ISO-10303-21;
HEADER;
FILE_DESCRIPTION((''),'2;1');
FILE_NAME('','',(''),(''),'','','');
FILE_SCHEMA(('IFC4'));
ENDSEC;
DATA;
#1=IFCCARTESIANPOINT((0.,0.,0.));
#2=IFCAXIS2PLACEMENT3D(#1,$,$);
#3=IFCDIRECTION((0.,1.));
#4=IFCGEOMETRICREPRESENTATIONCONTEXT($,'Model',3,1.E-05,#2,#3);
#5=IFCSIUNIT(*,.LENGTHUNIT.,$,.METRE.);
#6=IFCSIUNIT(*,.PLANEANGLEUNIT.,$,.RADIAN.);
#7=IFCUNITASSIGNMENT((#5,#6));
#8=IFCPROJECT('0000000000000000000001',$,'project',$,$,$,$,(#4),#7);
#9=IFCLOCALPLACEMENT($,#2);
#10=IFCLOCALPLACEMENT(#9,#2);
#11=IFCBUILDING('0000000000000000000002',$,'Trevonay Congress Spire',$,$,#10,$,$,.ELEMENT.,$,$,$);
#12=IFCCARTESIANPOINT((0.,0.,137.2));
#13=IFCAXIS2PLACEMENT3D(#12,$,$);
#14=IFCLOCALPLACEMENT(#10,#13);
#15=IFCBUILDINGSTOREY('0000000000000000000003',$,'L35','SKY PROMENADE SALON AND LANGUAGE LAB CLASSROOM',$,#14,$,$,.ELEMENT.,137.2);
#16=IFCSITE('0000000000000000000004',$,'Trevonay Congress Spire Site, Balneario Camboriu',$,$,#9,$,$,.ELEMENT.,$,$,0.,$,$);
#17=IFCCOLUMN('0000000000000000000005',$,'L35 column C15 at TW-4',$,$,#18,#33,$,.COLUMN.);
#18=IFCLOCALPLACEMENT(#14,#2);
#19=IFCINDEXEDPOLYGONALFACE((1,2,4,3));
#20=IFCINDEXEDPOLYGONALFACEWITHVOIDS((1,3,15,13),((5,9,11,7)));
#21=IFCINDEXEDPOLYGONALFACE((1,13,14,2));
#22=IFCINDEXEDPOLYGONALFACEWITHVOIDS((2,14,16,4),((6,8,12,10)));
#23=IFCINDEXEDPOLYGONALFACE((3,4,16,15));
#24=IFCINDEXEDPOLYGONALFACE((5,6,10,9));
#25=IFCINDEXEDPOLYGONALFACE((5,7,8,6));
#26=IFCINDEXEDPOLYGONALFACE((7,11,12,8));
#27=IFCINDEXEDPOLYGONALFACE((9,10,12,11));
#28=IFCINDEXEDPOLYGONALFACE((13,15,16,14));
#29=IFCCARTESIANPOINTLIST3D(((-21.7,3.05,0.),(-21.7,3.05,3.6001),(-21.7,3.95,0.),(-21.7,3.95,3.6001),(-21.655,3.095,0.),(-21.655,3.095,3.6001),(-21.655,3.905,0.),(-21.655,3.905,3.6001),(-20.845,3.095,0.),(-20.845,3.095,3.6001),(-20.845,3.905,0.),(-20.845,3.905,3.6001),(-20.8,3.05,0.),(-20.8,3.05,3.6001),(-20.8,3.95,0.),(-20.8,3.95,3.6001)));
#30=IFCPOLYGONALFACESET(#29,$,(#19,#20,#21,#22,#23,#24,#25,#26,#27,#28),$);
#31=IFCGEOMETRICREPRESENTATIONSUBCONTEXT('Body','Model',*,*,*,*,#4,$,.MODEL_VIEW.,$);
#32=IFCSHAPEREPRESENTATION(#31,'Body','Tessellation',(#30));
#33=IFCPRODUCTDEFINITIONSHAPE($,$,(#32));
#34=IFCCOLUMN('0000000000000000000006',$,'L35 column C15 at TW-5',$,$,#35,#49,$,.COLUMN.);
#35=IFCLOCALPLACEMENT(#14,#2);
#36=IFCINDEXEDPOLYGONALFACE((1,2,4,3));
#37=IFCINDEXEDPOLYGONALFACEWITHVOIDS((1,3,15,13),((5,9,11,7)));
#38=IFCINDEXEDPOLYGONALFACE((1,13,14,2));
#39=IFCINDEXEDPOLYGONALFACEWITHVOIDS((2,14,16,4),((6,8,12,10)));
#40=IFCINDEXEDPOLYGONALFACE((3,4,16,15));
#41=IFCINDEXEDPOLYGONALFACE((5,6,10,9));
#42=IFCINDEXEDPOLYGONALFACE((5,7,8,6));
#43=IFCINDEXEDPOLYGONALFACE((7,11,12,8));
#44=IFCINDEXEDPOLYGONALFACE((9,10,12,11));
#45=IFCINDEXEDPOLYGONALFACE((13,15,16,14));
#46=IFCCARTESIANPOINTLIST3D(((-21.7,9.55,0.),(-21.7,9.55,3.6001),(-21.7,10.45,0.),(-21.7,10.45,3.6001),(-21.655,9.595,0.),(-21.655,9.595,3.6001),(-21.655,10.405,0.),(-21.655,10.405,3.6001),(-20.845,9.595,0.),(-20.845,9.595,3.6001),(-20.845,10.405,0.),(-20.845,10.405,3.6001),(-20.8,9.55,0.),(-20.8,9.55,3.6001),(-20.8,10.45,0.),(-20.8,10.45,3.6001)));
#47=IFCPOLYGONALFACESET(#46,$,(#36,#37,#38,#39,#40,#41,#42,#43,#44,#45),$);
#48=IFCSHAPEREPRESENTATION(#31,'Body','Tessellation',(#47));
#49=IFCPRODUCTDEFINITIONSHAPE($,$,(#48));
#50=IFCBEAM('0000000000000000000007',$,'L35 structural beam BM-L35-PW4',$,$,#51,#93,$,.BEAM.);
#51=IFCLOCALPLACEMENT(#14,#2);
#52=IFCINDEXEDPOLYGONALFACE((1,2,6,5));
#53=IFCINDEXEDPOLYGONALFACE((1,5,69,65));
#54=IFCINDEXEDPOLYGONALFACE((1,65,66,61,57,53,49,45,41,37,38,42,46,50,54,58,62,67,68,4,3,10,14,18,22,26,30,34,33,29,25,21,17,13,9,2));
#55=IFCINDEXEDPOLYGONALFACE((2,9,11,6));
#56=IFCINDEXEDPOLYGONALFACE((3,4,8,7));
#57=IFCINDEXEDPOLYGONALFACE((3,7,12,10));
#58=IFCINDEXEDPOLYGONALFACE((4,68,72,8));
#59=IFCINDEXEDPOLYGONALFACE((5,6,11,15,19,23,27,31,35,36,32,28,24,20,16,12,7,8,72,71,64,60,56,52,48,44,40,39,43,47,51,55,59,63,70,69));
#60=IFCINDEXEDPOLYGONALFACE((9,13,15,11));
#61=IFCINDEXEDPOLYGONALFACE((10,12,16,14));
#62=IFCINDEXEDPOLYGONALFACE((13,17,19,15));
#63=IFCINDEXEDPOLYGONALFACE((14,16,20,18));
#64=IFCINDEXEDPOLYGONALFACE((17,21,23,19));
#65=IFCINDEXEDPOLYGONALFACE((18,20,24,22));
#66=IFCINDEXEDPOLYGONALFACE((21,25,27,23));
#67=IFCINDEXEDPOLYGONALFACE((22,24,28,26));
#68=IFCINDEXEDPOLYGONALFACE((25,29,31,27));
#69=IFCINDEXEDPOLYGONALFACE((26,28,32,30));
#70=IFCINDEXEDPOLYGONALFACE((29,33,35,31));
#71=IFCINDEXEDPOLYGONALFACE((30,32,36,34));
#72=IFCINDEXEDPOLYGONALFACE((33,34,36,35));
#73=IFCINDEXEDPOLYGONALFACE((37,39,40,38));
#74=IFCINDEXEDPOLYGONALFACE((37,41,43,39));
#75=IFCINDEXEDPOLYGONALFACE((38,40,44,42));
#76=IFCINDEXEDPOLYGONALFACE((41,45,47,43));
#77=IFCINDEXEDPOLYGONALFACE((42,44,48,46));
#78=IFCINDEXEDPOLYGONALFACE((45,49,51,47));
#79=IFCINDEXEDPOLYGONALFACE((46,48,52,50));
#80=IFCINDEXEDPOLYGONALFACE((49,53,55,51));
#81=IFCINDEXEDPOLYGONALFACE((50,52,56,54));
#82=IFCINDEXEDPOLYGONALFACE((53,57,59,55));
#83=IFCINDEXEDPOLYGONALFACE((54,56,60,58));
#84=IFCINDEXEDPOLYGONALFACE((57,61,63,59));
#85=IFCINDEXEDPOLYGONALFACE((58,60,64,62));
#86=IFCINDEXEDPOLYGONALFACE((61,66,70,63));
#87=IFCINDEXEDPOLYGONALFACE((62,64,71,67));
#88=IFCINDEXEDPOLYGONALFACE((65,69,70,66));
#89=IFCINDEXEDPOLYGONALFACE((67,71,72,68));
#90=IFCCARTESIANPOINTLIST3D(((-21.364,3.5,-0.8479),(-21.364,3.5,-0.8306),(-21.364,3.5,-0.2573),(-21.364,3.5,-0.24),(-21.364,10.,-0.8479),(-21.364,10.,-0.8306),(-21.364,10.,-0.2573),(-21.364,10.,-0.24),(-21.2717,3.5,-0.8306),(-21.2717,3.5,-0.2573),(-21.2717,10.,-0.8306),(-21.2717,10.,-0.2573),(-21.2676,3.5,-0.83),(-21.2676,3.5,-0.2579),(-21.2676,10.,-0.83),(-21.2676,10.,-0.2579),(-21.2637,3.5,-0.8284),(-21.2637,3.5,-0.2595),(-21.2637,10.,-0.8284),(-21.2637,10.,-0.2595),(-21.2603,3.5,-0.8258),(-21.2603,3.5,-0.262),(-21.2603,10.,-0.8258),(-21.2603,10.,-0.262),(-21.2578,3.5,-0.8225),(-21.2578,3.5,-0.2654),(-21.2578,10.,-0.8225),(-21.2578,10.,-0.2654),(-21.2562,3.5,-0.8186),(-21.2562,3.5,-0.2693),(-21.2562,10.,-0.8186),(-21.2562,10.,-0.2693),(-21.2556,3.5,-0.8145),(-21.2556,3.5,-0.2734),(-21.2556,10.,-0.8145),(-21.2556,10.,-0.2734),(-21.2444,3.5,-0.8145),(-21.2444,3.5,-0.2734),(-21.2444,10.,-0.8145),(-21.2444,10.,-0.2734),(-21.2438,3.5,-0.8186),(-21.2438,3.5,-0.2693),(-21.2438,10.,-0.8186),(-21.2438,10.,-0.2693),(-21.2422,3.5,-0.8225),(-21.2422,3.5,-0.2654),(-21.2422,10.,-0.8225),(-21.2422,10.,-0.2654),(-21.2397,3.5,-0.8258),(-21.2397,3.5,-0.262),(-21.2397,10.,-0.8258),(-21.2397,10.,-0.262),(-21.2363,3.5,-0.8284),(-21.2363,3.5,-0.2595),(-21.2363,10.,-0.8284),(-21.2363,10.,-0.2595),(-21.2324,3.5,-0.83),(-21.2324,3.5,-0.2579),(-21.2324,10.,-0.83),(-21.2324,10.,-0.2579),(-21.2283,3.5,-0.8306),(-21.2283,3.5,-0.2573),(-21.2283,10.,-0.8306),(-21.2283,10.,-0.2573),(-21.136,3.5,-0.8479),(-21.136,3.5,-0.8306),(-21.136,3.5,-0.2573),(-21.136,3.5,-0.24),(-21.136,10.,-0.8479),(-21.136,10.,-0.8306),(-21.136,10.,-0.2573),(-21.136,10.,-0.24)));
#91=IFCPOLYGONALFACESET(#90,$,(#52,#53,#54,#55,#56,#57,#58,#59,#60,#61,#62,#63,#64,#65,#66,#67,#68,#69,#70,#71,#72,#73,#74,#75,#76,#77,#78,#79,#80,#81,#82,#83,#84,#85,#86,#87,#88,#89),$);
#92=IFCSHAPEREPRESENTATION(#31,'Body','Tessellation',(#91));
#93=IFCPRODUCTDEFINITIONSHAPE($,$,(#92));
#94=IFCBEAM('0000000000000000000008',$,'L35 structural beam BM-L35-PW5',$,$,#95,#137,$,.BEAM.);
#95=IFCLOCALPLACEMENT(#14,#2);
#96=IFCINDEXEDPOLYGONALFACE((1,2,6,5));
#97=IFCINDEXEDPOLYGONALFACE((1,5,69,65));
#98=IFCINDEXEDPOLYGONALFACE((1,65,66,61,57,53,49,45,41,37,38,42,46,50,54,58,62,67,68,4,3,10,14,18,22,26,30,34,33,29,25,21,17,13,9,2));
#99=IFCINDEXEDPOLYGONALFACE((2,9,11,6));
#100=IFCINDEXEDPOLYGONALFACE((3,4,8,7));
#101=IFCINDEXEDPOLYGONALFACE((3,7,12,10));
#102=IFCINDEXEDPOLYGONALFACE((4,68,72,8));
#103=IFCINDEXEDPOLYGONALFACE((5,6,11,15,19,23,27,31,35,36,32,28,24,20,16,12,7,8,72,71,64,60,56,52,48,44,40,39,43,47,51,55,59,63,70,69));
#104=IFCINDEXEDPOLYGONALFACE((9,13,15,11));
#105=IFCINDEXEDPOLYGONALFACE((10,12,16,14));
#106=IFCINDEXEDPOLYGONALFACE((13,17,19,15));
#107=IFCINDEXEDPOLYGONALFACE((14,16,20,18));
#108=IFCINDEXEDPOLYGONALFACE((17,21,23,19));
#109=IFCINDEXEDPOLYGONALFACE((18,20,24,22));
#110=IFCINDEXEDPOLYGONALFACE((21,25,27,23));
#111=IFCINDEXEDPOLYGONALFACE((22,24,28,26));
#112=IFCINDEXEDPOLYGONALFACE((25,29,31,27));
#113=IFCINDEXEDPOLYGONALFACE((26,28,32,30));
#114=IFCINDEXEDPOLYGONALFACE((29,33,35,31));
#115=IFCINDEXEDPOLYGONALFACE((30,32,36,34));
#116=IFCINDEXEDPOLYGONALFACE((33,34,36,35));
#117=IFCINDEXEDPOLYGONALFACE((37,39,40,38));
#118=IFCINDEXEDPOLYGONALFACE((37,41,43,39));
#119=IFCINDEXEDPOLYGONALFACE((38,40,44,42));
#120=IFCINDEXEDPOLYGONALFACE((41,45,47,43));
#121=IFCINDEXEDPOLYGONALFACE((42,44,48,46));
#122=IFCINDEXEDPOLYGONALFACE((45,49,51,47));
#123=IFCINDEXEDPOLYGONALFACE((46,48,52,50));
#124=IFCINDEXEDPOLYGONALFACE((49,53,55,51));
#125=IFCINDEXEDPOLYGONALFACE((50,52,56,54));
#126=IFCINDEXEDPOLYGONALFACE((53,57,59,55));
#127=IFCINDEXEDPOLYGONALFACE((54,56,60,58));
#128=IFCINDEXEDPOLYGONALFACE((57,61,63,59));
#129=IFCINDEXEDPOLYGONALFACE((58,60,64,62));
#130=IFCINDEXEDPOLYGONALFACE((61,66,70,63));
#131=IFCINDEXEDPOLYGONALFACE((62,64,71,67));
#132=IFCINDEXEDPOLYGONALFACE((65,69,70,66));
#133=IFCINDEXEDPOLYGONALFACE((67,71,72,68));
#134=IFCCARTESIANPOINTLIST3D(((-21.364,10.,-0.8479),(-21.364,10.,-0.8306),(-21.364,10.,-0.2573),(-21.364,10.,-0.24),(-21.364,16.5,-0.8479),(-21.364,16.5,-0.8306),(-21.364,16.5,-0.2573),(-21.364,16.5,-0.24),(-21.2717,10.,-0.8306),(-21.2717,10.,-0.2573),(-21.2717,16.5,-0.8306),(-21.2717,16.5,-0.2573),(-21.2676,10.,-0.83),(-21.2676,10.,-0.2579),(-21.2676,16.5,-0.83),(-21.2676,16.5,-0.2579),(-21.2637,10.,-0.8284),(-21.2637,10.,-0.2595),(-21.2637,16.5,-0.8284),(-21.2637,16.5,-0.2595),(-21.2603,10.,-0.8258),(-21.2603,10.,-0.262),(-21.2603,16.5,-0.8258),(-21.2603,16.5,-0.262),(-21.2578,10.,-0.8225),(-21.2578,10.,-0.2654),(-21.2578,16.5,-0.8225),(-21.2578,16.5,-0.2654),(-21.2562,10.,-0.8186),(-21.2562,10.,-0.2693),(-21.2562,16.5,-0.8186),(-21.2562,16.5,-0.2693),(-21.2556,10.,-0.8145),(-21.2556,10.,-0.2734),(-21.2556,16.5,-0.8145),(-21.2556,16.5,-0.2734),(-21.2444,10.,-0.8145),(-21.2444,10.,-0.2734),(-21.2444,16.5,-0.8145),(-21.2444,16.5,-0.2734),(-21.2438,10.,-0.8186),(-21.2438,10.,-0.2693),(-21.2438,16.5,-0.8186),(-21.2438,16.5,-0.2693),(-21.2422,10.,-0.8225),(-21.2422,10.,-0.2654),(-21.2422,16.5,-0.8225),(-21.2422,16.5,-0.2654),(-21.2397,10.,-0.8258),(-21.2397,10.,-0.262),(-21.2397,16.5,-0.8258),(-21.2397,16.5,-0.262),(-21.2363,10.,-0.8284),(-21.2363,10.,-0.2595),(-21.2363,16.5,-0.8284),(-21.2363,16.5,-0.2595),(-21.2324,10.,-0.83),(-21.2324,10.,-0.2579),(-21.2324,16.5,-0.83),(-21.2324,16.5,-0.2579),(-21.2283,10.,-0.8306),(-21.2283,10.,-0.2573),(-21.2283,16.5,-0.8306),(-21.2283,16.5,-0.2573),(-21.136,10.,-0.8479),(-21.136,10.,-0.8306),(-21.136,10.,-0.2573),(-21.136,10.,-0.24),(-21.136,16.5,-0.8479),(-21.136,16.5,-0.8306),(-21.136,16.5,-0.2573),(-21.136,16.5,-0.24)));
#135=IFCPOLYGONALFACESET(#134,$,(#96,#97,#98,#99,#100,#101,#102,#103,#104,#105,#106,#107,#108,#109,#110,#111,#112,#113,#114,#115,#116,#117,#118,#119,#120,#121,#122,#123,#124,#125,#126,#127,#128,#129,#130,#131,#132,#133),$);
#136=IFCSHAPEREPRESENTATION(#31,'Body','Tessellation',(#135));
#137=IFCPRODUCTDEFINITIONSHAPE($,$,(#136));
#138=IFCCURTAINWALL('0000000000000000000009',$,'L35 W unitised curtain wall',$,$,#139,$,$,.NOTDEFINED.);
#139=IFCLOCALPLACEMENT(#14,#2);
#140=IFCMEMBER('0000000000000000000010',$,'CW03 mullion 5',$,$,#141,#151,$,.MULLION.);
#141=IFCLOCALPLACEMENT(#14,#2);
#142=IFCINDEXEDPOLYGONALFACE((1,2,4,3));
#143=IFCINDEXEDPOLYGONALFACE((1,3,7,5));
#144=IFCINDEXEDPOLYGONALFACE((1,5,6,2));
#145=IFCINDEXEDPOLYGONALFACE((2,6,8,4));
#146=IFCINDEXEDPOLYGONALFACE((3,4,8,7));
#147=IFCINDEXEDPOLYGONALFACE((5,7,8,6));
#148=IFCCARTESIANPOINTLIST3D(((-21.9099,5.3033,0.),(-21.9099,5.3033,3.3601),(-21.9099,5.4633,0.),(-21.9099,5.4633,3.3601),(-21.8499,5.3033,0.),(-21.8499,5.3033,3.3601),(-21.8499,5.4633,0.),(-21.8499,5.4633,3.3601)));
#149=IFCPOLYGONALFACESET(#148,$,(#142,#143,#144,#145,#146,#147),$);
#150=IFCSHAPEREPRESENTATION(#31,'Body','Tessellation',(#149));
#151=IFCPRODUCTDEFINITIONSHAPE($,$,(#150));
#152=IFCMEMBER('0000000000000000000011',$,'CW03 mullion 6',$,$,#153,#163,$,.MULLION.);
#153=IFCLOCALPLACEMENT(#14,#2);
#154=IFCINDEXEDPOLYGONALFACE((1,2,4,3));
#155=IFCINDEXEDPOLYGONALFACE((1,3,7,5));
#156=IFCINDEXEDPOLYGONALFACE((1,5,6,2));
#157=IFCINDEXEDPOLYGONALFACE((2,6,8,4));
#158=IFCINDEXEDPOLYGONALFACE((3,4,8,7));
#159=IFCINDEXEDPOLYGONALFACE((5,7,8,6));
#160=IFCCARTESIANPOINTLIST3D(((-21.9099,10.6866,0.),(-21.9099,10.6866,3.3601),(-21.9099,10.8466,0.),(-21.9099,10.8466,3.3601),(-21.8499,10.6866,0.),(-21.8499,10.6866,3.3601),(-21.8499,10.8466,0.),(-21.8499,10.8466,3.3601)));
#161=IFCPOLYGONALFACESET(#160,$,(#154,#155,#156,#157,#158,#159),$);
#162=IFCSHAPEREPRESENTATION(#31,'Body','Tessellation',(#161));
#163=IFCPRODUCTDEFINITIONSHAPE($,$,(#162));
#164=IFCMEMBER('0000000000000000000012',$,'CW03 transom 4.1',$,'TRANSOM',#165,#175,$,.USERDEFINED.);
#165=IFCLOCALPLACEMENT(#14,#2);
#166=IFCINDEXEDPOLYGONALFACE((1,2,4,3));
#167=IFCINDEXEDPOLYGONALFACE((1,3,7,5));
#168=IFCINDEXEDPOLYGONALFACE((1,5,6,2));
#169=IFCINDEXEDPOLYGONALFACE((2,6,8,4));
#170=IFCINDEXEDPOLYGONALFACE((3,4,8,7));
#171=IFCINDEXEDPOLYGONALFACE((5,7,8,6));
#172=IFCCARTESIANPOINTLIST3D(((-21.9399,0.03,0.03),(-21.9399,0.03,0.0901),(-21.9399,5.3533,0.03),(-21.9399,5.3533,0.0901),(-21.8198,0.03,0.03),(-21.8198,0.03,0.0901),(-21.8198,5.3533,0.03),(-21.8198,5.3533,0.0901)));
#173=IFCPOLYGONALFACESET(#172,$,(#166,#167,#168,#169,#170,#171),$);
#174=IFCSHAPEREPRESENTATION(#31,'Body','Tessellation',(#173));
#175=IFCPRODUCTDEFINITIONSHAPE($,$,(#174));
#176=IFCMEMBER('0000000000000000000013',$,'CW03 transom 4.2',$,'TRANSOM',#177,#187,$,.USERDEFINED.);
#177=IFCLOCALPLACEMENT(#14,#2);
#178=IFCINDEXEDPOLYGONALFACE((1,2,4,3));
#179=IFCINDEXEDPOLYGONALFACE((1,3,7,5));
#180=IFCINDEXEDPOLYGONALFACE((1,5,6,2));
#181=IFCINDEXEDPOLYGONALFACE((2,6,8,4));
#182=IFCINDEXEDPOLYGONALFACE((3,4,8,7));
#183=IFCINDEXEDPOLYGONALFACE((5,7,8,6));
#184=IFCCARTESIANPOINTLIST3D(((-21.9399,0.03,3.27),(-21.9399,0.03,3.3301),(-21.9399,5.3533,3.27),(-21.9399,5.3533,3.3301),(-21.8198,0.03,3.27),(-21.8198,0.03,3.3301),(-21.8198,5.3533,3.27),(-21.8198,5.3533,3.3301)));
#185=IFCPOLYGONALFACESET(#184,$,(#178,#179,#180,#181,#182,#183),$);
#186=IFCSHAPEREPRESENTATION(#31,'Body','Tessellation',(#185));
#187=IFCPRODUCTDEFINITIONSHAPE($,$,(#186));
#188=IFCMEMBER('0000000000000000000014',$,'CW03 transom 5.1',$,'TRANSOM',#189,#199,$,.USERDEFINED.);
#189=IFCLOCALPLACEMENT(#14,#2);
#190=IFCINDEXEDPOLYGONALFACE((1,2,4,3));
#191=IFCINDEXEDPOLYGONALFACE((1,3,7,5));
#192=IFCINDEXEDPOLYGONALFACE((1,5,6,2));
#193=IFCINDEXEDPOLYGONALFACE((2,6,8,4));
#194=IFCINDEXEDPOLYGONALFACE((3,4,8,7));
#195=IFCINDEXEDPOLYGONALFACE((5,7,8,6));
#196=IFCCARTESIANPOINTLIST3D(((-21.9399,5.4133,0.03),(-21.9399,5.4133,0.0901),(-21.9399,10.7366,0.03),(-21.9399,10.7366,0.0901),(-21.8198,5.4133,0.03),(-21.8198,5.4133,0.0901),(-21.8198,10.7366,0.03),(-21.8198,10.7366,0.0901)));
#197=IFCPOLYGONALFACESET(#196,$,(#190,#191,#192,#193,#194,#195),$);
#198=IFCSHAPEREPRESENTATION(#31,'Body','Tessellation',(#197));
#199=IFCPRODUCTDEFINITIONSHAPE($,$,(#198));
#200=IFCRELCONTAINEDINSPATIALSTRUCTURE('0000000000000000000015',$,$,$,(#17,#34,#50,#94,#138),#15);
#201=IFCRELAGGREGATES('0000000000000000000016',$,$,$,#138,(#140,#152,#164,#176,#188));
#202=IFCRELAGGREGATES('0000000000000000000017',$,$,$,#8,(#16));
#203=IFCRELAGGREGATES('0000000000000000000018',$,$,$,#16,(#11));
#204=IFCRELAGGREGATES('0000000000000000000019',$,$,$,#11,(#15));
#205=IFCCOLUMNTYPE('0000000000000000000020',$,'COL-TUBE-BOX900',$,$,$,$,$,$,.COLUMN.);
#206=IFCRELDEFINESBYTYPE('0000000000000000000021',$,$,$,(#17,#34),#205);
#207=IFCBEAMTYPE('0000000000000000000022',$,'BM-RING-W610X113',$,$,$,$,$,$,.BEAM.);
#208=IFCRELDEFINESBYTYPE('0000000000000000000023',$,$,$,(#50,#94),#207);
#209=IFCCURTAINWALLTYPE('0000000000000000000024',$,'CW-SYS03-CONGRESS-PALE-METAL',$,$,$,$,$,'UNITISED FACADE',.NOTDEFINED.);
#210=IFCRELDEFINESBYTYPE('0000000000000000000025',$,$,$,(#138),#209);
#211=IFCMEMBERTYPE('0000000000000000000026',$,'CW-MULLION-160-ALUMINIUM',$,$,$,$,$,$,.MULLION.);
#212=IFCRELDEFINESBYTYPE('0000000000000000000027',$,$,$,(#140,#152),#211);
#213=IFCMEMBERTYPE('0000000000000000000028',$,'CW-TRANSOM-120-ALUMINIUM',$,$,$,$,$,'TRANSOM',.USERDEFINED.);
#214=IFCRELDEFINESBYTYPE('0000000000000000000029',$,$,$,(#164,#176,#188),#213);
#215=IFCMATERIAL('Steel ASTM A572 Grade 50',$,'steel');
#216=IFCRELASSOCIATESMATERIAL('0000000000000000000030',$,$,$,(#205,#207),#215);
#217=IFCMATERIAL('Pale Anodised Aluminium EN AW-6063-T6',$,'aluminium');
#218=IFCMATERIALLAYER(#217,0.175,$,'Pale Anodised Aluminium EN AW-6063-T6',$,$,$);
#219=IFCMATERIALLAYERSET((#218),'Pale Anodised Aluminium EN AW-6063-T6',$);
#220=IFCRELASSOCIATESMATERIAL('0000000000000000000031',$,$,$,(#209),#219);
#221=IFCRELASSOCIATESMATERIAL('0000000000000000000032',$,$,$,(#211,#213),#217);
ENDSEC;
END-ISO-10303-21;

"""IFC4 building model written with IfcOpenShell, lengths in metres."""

from ifc_helpers import new_model, si_unit, direction, frame, origin, origin_2d, place, context, subcontext, project, spatial, rectangle, hollow_rectangle, i_section, extrude, material, layer, layer_set, material_profile, profile_set, type_object, element, aggregate, save


model = new_model("IFC4")

# Units and contexts
model_context = context("Model", 3, precision=1e-05, world=origin(), true_north=direction((0.0, 1.0)))
body_context = subcontext(model_context, "Body", "Model", "MODEL_VIEW")
ifc_project = project(units=[si_unit("LENGTHUNIT", "METRE"), si_unit("PLANEANGLEUNIT", "RADIAN")], contexts=[model_context])

# Site, building, storey
site_placement = place(None, origin())
site = spatial("IfcSite", under=ifc_project, at=site_placement, Name="Trevonay Congress Spire Site, Balneario Camboriu", CompositionType="ELEMENT", RefElevation=0.0)
building_placement = place(site_placement, origin())
building = spatial("IfcBuilding", under=site, at=building_placement, Name="Trevonay Congress Spire", CompositionType="ELEMENT")
storey_placement = place(building_placement, frame((0.0, 0.0, 137.2)))
storey = spatial("IfcBuildingStorey", under=building, at=storey_placement, Name="L35", Description="SKY PROMENADE SALON AND LANGUAGE LAB CLASSROOM", CompositionType="ELEMENT", Elevation=137.2)

# Columns
ifc_material_1 = material(Name="Steel ASTM A572 Grade 50", Category="steel")
ifc_material_profile_1 = material_profile(ifc_material_1, hollow_rectangle(XDim=0.8999, YDim=0.8999, WallThickness=0.0449, at=origin_2d()), Name="BOX 900x900x45")
ifc_profile_set_1 = profile_set([ifc_material_profile_1], Name="Steel ASTM A572 Grade 50")
column_type = type_object("IfcColumnType", Name="COL-TUBE-BOX900", PredefinedType="COLUMN", material=ifc_profile_set_1)
for number, where, z_axis, x_axis, name in (
    (1, (-21.25, 3.5, 0.0), (0.0, 0.0, 1.0), (1.0, 0.0, 0.0), "L35 column C15 at TW-4"),
    (2, (-21.25, 10.0, 0.0), (0.0, 0.0, 1.0), (1.0, 0.0, 0.0), "L35 column C15 at TW-5"),
):
    element("IfcColumn", number, at=place(storey_placement, frame(where, z_axis=z_axis, x_axis=x_axis)), inside=storey, type_object=column_type, Name=name, PredefinedType="COLUMN", context=body_context, shape_type="SweptSolid", body=[
        extrude(hollow_rectangle(XDim=0.8999, YDim=0.8999, WallThickness=0.0449, at=origin_2d()), origin(), (0.0, 0.0, 1.0), 3.6001),
    ])

# Beams
ifc_material_profile_2 = material_profile(ifc_material_1, i_section(OverallWidth=0.228, OverallDepth=0.6079, WebThickness=0.0112, FlangeThickness=0.0173, FilletRadius=0.0161, at=origin_2d()), Name="W610x113")
ifc_profile_set_2 = profile_set([ifc_material_profile_2], Name="Steel ASTM A572 Grade 50")
beam_type_1 = type_object("IfcBeamType", Name="BM-RING-W610X113", PredefinedType="BEAM", material=ifc_profile_set_2)
for number, where, z_axis, x_axis, name in (
    (3, (-21.25, 3.5, -0.5439), (0.0, 1.0, 0.0), (-1.0, 0.0, 0.0), "L35 structural beam BM-L35-PW4"),
    (4, (-21.25, 10.0, -0.5439), (0.0, 1.0, 0.0), (-1.0, 0.0, 0.0), "L35 structural beam BM-L35-PW5"),
):
    element("IfcBeam", number, at=place(storey_placement, frame(where, z_axis=z_axis, x_axis=x_axis)), inside=storey, type_object=beam_type_1, Name=name, PredefinedType="BEAM", context=body_context, shape_type="SweptSolid", body=[
        extrude(i_section(OverallWidth=0.228, OverallDepth=0.6079, WebThickness=0.0112, FlangeThickness=0.0173, FilletRadius=0.0161, at=origin_2d()), origin(), (0.0, 0.0, 1.0), 6.5),
    ])

# Curtain wall, members
ifc_material_2 = material(Name="Pale Anodised Aluminium EN AW-6063-T6", Category="aluminium")
ifc_layer_1 = layer(ifc_material_2, 0.175, Name="Pale Anodised Aluminium EN AW-6063-T6")
ifc_layer_set_1 = layer_set([ifc_layer_1], Name="Pale Anodised Aluminium EN AW-6063-T6")
curtain_wall_type = type_object("IfcCurtainWallType", Name="CW-SYS03-CONGRESS-PALE-METAL", ElementType="UNITISED FACADE", PredefinedType="NOTDEFINED", material=ifc_layer_set_1)
curtain_wall_placement = place(storey_placement, origin())
curtain_wall = element("IfcCurtainWall", 5, at=curtain_wall_placement, inside=storey, type_object=curtain_wall_type, Name="L35 W unitised curtain wall", PredefinedType="NOTDEFINED")
ifc_material_profile_3 = material_profile(ifc_material_2, rectangle(XDim=0.0601, YDim=0.1599, at=origin_2d()), Name="CW-MULLION-160-ALUMINIUM")
ifc_profile_set_3 = profile_set([ifc_material_profile_3], Name="Pale Anodised Aluminium EN AW-6063-T6")
member_type_1 = type_object("IfcMemberType", Name="CW-MULLION-160-ALUMINIUM", PredefinedType="MULLION", material=ifc_profile_set_3)
member_1_placement = place(storey_placement, frame((-21.8799, 5.3833, 0.0), z_axis=(0.0, 0.0, 1.0), x_axis=(-1.0, 0.0, 0.0)))
member_1 = element("IfcMember", 6, at=member_1_placement, type_object=member_type_1, Name="CW03 mullion 5", PredefinedType="MULLION", context=body_context, shape_type="SweptSolid", body=[
    extrude(rectangle(XDim=0.0601, YDim=0.1599, at=origin_2d()), origin(), (0.0, 0.0, 1.0), 3.3601),
])
member_2_placement = place(storey_placement, frame((-21.8799, 10.7666, 0.0), z_axis=(0.0, 0.0, 1.0), x_axis=(-1.0, 0.0, 0.0)))
member_2 = element("IfcMember", 7, at=member_2_placement, type_object=member_type_1, Name="CW03 mullion 6", PredefinedType="MULLION", context=body_context, shape_type="SweptSolid", body=[
    extrude(rectangle(XDim=0.0601, YDim=0.1599, at=origin_2d()), origin(), (0.0, 0.0, 1.0), 3.3601),
])
ifc_material_profile_4 = material_profile(ifc_material_2, rectangle(XDim=0.1201, YDim=0.0601, at=origin_2d()), Name="CW-TRANSOM-120-ALUMINIUM")
ifc_profile_set_4 = profile_set([ifc_material_profile_4], Name="Pale Anodised Aluminium EN AW-6063-T6")
member_type_2 = type_object("IfcMemberType", Name="CW-TRANSOM-120-ALUMINIUM", ElementType="TRANSOM", PredefinedType="USERDEFINED", material=ifc_profile_set_4)
member_3_placement = place(storey_placement, frame((-21.8799, 0.03, 0.0601), z_axis=(0.0, 1.0, 0.0), x_axis=(-1.0, 0.0, 0.0)))
member_3 = element("IfcMember", 8, at=member_3_placement, type_object=member_type_2, Name="CW03 transom 4.1", ObjectType="TRANSOM", PredefinedType="USERDEFINED", context=body_context, shape_type="SweptSolid", body=[
    extrude(rectangle(XDim=0.1201, YDim=0.0601, at=origin_2d()), origin(), (0.0, 0.0, 1.0), 5.3232),
])
member_4_placement = place(storey_placement, frame((-21.8799, 0.03, 3.3), z_axis=(0.0, 1.0, 0.0), x_axis=(-1.0, 0.0, 0.0)))
member_4 = element("IfcMember", 9, at=member_4_placement, type_object=member_type_2, Name="CW03 transom 4.2", ObjectType="TRANSOM", PredefinedType="USERDEFINED", context=body_context, shape_type="SweptSolid", body=[
    extrude(rectangle(XDim=0.1201, YDim=0.0601, at=origin_2d()), origin(), (0.0, 0.0, 1.0), 5.3232),
])
member_5_placement = place(storey_placement, frame((-21.8799, 5.4133, 0.0601), z_axis=(0.0, 1.0, 0.0), x_axis=(-1.0, 0.0, 0.0)))
member_5 = element("IfcMember", 10, at=member_5_placement, type_object=member_type_2, Name="CW03 transom 5.1", ObjectType="TRANSOM", PredefinedType="USERDEFINED", context=body_context, shape_type="SweptSolid", body=[
    extrude(rectangle(XDim=0.1201, YDim=0.0601, at=origin_2d()), origin(), (0.0, 0.0, 1.0), 5.3232),
])

aggregate(curtain_wall, [member_1, member_2, member_3, member_4, member_5])

save(model, "model.ifc")
